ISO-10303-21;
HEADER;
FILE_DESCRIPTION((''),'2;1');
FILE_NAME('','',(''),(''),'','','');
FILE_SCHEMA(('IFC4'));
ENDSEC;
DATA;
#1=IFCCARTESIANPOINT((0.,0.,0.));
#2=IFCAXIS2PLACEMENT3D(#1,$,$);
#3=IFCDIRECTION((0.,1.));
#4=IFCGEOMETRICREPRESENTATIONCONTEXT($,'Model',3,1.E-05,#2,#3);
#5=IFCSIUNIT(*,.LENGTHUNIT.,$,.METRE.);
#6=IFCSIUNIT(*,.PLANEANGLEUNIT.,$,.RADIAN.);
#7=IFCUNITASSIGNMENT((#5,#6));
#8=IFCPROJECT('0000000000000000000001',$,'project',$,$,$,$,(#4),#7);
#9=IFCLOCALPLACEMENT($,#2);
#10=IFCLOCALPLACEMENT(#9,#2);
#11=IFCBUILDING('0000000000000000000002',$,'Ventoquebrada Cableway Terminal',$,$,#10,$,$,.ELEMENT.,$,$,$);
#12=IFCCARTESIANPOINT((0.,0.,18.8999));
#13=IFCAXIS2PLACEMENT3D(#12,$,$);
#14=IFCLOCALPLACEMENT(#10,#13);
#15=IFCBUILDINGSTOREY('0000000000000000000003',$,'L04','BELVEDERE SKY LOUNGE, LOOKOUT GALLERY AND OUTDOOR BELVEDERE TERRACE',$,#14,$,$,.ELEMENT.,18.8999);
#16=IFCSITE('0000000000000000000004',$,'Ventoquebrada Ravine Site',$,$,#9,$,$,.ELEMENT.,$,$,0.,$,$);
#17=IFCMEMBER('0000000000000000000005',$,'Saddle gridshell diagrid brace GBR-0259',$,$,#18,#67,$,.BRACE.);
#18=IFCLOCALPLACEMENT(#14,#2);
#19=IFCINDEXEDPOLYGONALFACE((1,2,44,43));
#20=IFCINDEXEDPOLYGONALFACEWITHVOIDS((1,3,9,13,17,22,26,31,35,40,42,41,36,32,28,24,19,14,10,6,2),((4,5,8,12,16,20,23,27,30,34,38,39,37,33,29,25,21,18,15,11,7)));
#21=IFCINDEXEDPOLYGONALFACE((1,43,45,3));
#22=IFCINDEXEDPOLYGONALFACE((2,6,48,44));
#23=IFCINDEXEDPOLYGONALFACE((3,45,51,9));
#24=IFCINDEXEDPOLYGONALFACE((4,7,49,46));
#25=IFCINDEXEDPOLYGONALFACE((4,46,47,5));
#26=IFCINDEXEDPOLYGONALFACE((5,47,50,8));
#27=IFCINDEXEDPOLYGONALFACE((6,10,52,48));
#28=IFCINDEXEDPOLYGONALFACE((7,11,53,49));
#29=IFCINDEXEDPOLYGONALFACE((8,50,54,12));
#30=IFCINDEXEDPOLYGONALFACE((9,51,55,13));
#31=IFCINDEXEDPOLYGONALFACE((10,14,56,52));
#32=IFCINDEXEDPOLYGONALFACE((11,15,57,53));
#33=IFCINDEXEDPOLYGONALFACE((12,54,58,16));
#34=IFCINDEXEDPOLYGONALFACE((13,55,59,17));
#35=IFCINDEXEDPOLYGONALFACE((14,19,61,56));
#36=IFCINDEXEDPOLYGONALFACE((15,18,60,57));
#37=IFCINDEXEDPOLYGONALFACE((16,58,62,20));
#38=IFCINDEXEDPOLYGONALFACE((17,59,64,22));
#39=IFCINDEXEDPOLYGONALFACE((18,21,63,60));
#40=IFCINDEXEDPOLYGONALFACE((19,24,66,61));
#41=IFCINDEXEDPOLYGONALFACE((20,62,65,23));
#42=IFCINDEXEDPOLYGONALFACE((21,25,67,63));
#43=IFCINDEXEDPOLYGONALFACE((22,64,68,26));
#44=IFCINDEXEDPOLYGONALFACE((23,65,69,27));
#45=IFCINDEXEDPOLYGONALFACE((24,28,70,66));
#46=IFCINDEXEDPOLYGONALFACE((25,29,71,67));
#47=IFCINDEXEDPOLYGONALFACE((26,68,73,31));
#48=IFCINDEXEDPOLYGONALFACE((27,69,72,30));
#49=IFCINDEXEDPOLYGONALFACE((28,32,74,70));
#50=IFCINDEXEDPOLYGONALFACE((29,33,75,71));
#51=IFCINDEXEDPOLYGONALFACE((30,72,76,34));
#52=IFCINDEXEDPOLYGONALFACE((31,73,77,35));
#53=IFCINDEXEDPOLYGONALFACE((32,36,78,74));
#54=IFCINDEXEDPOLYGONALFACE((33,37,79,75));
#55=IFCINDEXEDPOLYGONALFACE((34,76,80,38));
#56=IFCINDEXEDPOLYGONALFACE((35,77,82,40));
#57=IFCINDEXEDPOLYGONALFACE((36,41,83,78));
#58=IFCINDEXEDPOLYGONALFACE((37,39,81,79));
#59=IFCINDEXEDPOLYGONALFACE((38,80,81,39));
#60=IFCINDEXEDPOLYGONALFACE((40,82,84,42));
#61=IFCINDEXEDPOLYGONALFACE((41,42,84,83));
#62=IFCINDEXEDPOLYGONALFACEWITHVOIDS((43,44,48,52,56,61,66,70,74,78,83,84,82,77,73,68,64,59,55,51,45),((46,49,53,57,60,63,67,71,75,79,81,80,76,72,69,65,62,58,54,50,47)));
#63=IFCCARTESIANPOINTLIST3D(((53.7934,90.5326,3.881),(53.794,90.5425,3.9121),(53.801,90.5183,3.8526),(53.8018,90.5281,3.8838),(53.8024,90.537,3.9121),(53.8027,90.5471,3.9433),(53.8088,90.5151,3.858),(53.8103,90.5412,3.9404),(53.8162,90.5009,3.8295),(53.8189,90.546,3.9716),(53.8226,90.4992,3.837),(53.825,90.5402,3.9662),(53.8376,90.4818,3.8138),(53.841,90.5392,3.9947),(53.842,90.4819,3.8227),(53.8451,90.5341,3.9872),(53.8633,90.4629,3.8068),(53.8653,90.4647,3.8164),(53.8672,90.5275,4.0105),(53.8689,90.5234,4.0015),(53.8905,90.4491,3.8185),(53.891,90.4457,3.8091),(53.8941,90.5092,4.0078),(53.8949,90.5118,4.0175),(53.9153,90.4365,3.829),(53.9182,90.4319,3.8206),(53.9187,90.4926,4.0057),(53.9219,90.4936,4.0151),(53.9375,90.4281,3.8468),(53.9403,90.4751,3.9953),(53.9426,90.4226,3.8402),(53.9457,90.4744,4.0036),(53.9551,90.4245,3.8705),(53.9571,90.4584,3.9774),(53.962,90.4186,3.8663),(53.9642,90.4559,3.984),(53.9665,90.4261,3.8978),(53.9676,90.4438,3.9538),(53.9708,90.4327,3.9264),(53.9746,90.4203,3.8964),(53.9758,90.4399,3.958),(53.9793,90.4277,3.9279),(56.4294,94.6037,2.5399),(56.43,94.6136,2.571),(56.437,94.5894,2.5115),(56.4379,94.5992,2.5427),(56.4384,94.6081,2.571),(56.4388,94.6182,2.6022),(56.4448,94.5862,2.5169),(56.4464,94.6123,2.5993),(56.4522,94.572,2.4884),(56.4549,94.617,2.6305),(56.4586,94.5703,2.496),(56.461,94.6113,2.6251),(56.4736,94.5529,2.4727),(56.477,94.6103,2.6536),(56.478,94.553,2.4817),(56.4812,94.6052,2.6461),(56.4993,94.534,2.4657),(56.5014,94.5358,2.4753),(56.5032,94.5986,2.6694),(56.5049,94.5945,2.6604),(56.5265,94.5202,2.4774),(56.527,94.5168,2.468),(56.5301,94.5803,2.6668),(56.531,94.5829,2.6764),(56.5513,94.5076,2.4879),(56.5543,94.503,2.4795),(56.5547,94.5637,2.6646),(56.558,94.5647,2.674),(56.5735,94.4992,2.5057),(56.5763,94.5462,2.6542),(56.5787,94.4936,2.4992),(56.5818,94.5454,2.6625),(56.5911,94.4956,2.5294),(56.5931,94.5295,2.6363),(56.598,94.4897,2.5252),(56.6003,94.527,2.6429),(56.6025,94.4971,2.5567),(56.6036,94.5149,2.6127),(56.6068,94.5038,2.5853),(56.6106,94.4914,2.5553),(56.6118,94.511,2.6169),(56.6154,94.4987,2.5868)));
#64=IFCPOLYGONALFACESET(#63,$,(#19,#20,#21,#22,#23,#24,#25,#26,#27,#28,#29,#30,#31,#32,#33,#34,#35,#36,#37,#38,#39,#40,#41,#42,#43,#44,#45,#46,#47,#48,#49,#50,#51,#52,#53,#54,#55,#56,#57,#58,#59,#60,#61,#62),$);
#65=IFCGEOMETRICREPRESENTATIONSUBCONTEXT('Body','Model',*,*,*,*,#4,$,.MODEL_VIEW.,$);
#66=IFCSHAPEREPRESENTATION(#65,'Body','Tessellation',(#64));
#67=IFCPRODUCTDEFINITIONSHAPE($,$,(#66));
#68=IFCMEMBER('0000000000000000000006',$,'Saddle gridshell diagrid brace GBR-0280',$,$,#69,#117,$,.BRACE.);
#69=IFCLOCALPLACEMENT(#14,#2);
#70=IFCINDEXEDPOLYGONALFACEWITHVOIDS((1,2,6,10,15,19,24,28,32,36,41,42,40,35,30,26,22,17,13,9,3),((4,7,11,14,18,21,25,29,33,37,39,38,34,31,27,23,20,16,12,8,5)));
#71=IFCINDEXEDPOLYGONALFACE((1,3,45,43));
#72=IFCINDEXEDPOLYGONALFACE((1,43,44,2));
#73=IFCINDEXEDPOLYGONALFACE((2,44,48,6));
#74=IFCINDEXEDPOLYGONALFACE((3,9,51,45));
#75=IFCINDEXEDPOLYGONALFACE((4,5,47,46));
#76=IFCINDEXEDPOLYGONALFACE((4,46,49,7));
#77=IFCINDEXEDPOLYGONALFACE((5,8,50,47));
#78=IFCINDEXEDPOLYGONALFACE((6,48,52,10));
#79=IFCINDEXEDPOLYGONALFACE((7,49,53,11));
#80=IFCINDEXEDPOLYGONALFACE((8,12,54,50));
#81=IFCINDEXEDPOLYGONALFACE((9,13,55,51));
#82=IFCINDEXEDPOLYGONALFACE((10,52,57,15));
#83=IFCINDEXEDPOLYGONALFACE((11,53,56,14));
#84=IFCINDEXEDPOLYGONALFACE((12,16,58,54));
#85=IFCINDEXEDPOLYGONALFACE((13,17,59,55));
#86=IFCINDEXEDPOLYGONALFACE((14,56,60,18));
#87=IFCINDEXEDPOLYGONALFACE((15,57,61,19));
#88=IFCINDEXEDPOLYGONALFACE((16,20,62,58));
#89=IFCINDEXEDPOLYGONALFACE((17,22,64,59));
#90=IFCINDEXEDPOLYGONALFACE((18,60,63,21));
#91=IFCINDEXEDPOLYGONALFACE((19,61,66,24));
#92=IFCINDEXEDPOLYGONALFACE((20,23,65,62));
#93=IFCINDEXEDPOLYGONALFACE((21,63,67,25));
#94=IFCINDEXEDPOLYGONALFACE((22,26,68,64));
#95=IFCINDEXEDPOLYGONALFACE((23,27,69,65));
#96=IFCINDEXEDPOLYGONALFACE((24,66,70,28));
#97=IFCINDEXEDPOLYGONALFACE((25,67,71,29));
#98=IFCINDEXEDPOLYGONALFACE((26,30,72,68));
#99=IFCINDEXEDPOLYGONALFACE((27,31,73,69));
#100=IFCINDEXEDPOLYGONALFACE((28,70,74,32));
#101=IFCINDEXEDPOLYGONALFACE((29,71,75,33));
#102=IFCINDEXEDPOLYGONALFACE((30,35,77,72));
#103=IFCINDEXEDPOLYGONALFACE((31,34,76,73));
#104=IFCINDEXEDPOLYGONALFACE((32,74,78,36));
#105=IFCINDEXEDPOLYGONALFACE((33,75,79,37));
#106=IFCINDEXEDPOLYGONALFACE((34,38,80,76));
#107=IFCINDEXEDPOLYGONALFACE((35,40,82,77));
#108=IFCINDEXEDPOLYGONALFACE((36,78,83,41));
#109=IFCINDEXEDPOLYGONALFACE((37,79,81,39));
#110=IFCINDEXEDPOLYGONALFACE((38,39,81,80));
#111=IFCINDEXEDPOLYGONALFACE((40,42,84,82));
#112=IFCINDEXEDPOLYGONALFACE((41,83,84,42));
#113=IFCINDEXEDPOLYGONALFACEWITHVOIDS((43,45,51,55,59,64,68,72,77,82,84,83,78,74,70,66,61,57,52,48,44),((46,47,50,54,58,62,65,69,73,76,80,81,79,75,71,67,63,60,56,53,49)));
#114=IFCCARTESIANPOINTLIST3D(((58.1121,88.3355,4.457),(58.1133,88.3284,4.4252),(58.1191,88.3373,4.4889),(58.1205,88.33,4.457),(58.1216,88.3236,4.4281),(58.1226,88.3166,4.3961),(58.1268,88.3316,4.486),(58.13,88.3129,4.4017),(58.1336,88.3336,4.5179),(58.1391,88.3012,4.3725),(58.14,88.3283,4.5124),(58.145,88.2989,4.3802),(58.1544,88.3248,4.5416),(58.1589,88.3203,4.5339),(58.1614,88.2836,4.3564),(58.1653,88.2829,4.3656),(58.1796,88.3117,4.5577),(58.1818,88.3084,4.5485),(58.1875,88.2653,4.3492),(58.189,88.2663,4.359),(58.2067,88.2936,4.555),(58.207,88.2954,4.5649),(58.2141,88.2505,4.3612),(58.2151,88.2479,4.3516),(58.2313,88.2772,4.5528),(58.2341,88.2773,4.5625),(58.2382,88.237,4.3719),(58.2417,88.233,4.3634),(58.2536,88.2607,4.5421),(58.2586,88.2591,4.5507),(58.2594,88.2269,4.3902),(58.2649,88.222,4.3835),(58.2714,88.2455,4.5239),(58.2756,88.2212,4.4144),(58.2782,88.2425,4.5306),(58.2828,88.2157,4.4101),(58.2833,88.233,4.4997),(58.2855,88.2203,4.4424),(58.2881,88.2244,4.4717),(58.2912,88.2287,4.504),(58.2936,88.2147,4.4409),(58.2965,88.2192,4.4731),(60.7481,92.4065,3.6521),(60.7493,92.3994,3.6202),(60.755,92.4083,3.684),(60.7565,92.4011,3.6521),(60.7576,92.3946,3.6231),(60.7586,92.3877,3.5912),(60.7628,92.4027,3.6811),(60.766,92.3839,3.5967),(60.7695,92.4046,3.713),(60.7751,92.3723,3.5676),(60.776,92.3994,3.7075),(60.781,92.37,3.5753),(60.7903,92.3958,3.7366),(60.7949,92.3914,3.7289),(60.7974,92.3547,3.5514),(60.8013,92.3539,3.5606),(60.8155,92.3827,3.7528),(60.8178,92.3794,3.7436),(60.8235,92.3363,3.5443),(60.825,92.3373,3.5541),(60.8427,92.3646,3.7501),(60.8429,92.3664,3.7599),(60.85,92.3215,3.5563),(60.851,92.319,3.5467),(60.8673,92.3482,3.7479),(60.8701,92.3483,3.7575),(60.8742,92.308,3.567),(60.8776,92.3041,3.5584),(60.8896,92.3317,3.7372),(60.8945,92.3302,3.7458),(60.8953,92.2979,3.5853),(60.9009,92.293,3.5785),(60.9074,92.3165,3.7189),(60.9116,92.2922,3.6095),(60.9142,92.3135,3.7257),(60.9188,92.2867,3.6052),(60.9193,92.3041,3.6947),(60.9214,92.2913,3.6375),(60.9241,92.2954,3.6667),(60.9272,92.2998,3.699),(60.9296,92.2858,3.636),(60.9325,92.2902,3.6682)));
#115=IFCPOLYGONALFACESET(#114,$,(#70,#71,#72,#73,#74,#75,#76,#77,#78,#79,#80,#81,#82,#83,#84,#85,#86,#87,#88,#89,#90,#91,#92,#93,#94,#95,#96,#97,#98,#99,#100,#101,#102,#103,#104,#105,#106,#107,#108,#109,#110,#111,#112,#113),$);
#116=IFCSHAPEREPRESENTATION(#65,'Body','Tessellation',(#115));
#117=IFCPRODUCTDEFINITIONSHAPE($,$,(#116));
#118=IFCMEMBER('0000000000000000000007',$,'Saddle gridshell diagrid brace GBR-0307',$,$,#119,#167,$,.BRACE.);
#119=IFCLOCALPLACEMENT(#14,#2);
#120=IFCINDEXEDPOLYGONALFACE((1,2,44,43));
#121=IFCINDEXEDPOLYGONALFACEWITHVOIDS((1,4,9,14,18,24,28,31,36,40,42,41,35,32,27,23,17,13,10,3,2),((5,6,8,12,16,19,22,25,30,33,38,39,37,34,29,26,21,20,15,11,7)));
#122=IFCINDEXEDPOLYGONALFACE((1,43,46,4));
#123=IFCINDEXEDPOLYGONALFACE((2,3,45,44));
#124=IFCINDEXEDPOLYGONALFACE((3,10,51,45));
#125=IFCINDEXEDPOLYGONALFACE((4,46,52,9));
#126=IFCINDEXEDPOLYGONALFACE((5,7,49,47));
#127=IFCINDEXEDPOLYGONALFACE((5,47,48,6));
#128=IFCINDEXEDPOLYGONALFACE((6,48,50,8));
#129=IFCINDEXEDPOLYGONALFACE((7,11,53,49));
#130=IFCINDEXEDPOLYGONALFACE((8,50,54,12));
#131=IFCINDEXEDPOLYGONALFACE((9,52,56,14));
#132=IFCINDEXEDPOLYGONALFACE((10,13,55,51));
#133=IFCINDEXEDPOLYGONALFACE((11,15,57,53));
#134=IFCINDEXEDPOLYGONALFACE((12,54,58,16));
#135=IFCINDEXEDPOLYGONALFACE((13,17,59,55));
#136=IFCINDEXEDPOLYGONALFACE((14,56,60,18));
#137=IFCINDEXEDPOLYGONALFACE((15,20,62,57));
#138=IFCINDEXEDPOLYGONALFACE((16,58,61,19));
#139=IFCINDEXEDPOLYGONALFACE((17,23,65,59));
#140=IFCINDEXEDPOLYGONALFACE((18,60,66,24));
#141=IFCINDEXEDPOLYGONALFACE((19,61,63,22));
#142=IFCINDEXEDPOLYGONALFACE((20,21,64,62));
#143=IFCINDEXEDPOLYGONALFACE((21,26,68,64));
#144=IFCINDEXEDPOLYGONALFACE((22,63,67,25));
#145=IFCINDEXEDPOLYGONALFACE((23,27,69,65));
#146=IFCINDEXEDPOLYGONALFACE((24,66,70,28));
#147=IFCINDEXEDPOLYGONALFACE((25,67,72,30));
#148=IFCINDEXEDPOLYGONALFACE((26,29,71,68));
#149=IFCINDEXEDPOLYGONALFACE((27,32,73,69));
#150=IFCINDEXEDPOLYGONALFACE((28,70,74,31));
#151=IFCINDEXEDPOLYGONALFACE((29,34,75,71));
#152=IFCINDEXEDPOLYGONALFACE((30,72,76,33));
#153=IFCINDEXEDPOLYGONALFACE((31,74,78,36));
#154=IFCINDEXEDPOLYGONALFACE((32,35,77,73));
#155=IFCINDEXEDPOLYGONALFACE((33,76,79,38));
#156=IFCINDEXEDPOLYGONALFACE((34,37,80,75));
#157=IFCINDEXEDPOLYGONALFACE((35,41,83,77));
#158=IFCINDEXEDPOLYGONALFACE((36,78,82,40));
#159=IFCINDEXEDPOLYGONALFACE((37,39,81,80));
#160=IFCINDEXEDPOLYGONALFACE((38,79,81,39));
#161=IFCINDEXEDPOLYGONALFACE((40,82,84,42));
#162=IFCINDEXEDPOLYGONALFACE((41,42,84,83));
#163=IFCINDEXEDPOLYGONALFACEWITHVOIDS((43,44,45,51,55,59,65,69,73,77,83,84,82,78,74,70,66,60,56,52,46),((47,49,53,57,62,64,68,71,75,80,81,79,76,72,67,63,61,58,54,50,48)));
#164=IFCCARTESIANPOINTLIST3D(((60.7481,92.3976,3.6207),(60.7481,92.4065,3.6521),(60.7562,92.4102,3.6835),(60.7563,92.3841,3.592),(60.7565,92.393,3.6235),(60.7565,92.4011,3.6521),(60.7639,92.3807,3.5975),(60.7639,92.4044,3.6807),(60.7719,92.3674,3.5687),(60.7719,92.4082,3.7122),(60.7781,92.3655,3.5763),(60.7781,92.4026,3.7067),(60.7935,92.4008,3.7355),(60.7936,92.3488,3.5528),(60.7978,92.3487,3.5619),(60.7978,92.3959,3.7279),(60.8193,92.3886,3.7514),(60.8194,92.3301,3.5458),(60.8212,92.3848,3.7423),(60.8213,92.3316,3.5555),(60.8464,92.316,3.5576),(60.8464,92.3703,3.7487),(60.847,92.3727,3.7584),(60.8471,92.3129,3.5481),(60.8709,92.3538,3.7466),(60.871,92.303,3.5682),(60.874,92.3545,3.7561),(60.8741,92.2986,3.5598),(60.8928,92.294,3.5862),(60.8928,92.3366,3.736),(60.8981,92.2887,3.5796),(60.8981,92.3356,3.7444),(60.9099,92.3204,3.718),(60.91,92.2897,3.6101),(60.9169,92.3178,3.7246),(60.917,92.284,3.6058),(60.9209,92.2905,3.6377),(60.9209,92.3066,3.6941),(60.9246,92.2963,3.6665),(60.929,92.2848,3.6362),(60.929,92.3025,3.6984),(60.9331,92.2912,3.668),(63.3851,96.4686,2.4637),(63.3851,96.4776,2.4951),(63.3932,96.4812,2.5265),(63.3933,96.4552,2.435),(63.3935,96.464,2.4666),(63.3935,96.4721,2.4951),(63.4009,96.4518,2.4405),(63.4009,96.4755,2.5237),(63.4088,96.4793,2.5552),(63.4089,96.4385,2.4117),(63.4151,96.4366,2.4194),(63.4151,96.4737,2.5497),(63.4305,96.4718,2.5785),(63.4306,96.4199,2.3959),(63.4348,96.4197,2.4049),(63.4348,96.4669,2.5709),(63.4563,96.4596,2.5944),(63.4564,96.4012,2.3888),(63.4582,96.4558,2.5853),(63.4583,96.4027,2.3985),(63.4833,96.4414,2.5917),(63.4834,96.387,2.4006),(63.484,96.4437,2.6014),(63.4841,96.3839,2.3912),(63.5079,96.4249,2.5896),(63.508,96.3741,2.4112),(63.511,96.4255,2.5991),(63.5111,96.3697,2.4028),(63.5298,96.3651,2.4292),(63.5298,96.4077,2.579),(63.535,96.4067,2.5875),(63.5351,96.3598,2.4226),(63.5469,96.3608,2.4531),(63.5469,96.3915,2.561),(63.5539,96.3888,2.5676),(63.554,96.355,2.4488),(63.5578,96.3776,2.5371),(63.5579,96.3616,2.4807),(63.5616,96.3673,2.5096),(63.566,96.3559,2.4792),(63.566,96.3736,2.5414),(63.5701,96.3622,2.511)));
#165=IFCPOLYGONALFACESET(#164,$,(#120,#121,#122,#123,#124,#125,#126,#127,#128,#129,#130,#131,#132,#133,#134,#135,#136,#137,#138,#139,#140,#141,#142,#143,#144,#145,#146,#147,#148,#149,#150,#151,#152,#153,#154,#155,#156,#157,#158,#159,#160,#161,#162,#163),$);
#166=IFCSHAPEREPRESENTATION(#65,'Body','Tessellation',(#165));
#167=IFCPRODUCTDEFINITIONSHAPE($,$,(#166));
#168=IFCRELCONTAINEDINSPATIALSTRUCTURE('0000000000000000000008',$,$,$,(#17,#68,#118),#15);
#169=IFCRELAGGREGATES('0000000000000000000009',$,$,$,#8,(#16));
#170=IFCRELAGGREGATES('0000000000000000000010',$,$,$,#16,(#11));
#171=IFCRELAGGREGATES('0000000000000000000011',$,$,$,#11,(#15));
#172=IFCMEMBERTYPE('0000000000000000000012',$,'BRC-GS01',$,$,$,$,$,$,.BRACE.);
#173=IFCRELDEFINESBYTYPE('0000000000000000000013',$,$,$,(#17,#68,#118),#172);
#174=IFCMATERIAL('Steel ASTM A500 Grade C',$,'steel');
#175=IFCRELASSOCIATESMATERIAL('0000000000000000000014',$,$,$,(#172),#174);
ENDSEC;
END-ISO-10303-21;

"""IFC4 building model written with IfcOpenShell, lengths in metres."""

from ifc_helpers import new_model, si_unit, direction, frame, origin, origin_2d, place, context, subcontext, project, spatial, hollow_circle, extrude, material, material_profile, profile_set, type_object, element, save


model = new_model("IFC4")

# Units and contexts
model_context = context("Model", 3, precision=1e-05, world=origin(), true_north=direction((0.0, 1.0)))
body_context = subcontext(model_context, "Body", "Model", "MODEL_VIEW")
ifc_project = project(units=[si_unit("LENGTHUNIT", "METRE"), si_unit("PLANEANGLEUNIT", "RADIAN")], contexts=[model_context])

# Site, building, storey
site_placement = place(None, origin())
site = spatial("IfcSite", under=ifc_project, at=site_placement, Name="Ventoquebrada Ravine Site", CompositionType="ELEMENT", RefElevation=0.0)
building_placement = place(site_placement, origin())
building = spatial("IfcBuilding", under=site, at=building_placement, Name="Ventoquebrada Cableway Terminal", CompositionType="ELEMENT")
storey_placement = place(building_placement, frame((0.0, 0.0, 18.8999)))
storey = spatial("IfcBuildingStorey", under=building, at=storey_placement, Name="L04", Description="BELVEDERE SKY LOUNGE, LOOKOUT GALLERY AND OUTDOOR BELVEDERE TERRACE", CompositionType="ELEMENT", Elevation=18.8999)

# Members
ifc_material_1 = material(Name="Steel ASTM A500 Grade C", Category="steel")
ifc_material_profile_1 = material_profile(ifc_material_1, hollow_circle(Radius=0.1096, WallThickness=0.01, at=origin_2d()), Name="CHS219.1X10")
ifc_profile_set_1 = profile_set([ifc_material_profile_1], Name="Steel ASTM A500 Grade C")
member_type_1 = type_object("IfcMemberType", Name="BRC-GS01", PredefinedType="BRACE", material=ifc_profile_set_1)
member_1_placement = place(storey_placement, frame((53.886, 90.4829, 3.9121), z_axis=(0.523852, 0.809043, -0.266511), x_axis=(-0.839403, 0.54351, 0.0)))
element("IfcMember", 1, at=member_1_placement, inside=storey, type_object=member_type_1, Name="Saddle gridshell diagrid brace GBR-0259", PredefinedType="BRACE", context=body_context, shape_type="SweptSolid", body=[
    extrude(hollow_circle(Radius=0.1096, WallThickness=0.01, at=origin_2d()), origin(), (0.0, 0.0, 1.0), 5.032),
])
member_2_placement = place(storey_placement, frame((58.2041, 88.2759, 4.457), z_axis=(0.536176, 0.828075, -0.163728), x_axis=(-0.839403, 0.54351, 0.0)))
element("IfcMember", 2, at=member_2_placement, inside=storey, type_object=member_type_1, Name="Saddle gridshell diagrid brace GBR-0280", PredefinedType="BRACE", context=body_context, shape_type="SweptSolid", body=[
    extrude(hollow_circle(Radius=0.1096, WallThickness=0.01, at=origin_2d()), origin(), (0.0, 0.0, 1.0), 4.9163),
])
member_3_placement = place(storey_placement, frame((60.8401, 92.3469, 3.6521), z_axis=(0.528816, 0.816407, -0.232021), x_axis=(-0.839311, 0.543652, 0.0)))
element("IfcMember", 3, at=member_3_placement, inside=storey, type_object=member_type_1, Name="Saddle gridshell diagrid brace GBR-0307", PredefinedType="BRACE", context=body_context, shape_type="SweptSolid", body=[
    extrude(hollow_circle(Radius=0.1096, WallThickness=0.01, at=origin_2d()), origin(), (0.0, 0.0, 1.0), 4.9866),
])

save(model, "model.ifc")
